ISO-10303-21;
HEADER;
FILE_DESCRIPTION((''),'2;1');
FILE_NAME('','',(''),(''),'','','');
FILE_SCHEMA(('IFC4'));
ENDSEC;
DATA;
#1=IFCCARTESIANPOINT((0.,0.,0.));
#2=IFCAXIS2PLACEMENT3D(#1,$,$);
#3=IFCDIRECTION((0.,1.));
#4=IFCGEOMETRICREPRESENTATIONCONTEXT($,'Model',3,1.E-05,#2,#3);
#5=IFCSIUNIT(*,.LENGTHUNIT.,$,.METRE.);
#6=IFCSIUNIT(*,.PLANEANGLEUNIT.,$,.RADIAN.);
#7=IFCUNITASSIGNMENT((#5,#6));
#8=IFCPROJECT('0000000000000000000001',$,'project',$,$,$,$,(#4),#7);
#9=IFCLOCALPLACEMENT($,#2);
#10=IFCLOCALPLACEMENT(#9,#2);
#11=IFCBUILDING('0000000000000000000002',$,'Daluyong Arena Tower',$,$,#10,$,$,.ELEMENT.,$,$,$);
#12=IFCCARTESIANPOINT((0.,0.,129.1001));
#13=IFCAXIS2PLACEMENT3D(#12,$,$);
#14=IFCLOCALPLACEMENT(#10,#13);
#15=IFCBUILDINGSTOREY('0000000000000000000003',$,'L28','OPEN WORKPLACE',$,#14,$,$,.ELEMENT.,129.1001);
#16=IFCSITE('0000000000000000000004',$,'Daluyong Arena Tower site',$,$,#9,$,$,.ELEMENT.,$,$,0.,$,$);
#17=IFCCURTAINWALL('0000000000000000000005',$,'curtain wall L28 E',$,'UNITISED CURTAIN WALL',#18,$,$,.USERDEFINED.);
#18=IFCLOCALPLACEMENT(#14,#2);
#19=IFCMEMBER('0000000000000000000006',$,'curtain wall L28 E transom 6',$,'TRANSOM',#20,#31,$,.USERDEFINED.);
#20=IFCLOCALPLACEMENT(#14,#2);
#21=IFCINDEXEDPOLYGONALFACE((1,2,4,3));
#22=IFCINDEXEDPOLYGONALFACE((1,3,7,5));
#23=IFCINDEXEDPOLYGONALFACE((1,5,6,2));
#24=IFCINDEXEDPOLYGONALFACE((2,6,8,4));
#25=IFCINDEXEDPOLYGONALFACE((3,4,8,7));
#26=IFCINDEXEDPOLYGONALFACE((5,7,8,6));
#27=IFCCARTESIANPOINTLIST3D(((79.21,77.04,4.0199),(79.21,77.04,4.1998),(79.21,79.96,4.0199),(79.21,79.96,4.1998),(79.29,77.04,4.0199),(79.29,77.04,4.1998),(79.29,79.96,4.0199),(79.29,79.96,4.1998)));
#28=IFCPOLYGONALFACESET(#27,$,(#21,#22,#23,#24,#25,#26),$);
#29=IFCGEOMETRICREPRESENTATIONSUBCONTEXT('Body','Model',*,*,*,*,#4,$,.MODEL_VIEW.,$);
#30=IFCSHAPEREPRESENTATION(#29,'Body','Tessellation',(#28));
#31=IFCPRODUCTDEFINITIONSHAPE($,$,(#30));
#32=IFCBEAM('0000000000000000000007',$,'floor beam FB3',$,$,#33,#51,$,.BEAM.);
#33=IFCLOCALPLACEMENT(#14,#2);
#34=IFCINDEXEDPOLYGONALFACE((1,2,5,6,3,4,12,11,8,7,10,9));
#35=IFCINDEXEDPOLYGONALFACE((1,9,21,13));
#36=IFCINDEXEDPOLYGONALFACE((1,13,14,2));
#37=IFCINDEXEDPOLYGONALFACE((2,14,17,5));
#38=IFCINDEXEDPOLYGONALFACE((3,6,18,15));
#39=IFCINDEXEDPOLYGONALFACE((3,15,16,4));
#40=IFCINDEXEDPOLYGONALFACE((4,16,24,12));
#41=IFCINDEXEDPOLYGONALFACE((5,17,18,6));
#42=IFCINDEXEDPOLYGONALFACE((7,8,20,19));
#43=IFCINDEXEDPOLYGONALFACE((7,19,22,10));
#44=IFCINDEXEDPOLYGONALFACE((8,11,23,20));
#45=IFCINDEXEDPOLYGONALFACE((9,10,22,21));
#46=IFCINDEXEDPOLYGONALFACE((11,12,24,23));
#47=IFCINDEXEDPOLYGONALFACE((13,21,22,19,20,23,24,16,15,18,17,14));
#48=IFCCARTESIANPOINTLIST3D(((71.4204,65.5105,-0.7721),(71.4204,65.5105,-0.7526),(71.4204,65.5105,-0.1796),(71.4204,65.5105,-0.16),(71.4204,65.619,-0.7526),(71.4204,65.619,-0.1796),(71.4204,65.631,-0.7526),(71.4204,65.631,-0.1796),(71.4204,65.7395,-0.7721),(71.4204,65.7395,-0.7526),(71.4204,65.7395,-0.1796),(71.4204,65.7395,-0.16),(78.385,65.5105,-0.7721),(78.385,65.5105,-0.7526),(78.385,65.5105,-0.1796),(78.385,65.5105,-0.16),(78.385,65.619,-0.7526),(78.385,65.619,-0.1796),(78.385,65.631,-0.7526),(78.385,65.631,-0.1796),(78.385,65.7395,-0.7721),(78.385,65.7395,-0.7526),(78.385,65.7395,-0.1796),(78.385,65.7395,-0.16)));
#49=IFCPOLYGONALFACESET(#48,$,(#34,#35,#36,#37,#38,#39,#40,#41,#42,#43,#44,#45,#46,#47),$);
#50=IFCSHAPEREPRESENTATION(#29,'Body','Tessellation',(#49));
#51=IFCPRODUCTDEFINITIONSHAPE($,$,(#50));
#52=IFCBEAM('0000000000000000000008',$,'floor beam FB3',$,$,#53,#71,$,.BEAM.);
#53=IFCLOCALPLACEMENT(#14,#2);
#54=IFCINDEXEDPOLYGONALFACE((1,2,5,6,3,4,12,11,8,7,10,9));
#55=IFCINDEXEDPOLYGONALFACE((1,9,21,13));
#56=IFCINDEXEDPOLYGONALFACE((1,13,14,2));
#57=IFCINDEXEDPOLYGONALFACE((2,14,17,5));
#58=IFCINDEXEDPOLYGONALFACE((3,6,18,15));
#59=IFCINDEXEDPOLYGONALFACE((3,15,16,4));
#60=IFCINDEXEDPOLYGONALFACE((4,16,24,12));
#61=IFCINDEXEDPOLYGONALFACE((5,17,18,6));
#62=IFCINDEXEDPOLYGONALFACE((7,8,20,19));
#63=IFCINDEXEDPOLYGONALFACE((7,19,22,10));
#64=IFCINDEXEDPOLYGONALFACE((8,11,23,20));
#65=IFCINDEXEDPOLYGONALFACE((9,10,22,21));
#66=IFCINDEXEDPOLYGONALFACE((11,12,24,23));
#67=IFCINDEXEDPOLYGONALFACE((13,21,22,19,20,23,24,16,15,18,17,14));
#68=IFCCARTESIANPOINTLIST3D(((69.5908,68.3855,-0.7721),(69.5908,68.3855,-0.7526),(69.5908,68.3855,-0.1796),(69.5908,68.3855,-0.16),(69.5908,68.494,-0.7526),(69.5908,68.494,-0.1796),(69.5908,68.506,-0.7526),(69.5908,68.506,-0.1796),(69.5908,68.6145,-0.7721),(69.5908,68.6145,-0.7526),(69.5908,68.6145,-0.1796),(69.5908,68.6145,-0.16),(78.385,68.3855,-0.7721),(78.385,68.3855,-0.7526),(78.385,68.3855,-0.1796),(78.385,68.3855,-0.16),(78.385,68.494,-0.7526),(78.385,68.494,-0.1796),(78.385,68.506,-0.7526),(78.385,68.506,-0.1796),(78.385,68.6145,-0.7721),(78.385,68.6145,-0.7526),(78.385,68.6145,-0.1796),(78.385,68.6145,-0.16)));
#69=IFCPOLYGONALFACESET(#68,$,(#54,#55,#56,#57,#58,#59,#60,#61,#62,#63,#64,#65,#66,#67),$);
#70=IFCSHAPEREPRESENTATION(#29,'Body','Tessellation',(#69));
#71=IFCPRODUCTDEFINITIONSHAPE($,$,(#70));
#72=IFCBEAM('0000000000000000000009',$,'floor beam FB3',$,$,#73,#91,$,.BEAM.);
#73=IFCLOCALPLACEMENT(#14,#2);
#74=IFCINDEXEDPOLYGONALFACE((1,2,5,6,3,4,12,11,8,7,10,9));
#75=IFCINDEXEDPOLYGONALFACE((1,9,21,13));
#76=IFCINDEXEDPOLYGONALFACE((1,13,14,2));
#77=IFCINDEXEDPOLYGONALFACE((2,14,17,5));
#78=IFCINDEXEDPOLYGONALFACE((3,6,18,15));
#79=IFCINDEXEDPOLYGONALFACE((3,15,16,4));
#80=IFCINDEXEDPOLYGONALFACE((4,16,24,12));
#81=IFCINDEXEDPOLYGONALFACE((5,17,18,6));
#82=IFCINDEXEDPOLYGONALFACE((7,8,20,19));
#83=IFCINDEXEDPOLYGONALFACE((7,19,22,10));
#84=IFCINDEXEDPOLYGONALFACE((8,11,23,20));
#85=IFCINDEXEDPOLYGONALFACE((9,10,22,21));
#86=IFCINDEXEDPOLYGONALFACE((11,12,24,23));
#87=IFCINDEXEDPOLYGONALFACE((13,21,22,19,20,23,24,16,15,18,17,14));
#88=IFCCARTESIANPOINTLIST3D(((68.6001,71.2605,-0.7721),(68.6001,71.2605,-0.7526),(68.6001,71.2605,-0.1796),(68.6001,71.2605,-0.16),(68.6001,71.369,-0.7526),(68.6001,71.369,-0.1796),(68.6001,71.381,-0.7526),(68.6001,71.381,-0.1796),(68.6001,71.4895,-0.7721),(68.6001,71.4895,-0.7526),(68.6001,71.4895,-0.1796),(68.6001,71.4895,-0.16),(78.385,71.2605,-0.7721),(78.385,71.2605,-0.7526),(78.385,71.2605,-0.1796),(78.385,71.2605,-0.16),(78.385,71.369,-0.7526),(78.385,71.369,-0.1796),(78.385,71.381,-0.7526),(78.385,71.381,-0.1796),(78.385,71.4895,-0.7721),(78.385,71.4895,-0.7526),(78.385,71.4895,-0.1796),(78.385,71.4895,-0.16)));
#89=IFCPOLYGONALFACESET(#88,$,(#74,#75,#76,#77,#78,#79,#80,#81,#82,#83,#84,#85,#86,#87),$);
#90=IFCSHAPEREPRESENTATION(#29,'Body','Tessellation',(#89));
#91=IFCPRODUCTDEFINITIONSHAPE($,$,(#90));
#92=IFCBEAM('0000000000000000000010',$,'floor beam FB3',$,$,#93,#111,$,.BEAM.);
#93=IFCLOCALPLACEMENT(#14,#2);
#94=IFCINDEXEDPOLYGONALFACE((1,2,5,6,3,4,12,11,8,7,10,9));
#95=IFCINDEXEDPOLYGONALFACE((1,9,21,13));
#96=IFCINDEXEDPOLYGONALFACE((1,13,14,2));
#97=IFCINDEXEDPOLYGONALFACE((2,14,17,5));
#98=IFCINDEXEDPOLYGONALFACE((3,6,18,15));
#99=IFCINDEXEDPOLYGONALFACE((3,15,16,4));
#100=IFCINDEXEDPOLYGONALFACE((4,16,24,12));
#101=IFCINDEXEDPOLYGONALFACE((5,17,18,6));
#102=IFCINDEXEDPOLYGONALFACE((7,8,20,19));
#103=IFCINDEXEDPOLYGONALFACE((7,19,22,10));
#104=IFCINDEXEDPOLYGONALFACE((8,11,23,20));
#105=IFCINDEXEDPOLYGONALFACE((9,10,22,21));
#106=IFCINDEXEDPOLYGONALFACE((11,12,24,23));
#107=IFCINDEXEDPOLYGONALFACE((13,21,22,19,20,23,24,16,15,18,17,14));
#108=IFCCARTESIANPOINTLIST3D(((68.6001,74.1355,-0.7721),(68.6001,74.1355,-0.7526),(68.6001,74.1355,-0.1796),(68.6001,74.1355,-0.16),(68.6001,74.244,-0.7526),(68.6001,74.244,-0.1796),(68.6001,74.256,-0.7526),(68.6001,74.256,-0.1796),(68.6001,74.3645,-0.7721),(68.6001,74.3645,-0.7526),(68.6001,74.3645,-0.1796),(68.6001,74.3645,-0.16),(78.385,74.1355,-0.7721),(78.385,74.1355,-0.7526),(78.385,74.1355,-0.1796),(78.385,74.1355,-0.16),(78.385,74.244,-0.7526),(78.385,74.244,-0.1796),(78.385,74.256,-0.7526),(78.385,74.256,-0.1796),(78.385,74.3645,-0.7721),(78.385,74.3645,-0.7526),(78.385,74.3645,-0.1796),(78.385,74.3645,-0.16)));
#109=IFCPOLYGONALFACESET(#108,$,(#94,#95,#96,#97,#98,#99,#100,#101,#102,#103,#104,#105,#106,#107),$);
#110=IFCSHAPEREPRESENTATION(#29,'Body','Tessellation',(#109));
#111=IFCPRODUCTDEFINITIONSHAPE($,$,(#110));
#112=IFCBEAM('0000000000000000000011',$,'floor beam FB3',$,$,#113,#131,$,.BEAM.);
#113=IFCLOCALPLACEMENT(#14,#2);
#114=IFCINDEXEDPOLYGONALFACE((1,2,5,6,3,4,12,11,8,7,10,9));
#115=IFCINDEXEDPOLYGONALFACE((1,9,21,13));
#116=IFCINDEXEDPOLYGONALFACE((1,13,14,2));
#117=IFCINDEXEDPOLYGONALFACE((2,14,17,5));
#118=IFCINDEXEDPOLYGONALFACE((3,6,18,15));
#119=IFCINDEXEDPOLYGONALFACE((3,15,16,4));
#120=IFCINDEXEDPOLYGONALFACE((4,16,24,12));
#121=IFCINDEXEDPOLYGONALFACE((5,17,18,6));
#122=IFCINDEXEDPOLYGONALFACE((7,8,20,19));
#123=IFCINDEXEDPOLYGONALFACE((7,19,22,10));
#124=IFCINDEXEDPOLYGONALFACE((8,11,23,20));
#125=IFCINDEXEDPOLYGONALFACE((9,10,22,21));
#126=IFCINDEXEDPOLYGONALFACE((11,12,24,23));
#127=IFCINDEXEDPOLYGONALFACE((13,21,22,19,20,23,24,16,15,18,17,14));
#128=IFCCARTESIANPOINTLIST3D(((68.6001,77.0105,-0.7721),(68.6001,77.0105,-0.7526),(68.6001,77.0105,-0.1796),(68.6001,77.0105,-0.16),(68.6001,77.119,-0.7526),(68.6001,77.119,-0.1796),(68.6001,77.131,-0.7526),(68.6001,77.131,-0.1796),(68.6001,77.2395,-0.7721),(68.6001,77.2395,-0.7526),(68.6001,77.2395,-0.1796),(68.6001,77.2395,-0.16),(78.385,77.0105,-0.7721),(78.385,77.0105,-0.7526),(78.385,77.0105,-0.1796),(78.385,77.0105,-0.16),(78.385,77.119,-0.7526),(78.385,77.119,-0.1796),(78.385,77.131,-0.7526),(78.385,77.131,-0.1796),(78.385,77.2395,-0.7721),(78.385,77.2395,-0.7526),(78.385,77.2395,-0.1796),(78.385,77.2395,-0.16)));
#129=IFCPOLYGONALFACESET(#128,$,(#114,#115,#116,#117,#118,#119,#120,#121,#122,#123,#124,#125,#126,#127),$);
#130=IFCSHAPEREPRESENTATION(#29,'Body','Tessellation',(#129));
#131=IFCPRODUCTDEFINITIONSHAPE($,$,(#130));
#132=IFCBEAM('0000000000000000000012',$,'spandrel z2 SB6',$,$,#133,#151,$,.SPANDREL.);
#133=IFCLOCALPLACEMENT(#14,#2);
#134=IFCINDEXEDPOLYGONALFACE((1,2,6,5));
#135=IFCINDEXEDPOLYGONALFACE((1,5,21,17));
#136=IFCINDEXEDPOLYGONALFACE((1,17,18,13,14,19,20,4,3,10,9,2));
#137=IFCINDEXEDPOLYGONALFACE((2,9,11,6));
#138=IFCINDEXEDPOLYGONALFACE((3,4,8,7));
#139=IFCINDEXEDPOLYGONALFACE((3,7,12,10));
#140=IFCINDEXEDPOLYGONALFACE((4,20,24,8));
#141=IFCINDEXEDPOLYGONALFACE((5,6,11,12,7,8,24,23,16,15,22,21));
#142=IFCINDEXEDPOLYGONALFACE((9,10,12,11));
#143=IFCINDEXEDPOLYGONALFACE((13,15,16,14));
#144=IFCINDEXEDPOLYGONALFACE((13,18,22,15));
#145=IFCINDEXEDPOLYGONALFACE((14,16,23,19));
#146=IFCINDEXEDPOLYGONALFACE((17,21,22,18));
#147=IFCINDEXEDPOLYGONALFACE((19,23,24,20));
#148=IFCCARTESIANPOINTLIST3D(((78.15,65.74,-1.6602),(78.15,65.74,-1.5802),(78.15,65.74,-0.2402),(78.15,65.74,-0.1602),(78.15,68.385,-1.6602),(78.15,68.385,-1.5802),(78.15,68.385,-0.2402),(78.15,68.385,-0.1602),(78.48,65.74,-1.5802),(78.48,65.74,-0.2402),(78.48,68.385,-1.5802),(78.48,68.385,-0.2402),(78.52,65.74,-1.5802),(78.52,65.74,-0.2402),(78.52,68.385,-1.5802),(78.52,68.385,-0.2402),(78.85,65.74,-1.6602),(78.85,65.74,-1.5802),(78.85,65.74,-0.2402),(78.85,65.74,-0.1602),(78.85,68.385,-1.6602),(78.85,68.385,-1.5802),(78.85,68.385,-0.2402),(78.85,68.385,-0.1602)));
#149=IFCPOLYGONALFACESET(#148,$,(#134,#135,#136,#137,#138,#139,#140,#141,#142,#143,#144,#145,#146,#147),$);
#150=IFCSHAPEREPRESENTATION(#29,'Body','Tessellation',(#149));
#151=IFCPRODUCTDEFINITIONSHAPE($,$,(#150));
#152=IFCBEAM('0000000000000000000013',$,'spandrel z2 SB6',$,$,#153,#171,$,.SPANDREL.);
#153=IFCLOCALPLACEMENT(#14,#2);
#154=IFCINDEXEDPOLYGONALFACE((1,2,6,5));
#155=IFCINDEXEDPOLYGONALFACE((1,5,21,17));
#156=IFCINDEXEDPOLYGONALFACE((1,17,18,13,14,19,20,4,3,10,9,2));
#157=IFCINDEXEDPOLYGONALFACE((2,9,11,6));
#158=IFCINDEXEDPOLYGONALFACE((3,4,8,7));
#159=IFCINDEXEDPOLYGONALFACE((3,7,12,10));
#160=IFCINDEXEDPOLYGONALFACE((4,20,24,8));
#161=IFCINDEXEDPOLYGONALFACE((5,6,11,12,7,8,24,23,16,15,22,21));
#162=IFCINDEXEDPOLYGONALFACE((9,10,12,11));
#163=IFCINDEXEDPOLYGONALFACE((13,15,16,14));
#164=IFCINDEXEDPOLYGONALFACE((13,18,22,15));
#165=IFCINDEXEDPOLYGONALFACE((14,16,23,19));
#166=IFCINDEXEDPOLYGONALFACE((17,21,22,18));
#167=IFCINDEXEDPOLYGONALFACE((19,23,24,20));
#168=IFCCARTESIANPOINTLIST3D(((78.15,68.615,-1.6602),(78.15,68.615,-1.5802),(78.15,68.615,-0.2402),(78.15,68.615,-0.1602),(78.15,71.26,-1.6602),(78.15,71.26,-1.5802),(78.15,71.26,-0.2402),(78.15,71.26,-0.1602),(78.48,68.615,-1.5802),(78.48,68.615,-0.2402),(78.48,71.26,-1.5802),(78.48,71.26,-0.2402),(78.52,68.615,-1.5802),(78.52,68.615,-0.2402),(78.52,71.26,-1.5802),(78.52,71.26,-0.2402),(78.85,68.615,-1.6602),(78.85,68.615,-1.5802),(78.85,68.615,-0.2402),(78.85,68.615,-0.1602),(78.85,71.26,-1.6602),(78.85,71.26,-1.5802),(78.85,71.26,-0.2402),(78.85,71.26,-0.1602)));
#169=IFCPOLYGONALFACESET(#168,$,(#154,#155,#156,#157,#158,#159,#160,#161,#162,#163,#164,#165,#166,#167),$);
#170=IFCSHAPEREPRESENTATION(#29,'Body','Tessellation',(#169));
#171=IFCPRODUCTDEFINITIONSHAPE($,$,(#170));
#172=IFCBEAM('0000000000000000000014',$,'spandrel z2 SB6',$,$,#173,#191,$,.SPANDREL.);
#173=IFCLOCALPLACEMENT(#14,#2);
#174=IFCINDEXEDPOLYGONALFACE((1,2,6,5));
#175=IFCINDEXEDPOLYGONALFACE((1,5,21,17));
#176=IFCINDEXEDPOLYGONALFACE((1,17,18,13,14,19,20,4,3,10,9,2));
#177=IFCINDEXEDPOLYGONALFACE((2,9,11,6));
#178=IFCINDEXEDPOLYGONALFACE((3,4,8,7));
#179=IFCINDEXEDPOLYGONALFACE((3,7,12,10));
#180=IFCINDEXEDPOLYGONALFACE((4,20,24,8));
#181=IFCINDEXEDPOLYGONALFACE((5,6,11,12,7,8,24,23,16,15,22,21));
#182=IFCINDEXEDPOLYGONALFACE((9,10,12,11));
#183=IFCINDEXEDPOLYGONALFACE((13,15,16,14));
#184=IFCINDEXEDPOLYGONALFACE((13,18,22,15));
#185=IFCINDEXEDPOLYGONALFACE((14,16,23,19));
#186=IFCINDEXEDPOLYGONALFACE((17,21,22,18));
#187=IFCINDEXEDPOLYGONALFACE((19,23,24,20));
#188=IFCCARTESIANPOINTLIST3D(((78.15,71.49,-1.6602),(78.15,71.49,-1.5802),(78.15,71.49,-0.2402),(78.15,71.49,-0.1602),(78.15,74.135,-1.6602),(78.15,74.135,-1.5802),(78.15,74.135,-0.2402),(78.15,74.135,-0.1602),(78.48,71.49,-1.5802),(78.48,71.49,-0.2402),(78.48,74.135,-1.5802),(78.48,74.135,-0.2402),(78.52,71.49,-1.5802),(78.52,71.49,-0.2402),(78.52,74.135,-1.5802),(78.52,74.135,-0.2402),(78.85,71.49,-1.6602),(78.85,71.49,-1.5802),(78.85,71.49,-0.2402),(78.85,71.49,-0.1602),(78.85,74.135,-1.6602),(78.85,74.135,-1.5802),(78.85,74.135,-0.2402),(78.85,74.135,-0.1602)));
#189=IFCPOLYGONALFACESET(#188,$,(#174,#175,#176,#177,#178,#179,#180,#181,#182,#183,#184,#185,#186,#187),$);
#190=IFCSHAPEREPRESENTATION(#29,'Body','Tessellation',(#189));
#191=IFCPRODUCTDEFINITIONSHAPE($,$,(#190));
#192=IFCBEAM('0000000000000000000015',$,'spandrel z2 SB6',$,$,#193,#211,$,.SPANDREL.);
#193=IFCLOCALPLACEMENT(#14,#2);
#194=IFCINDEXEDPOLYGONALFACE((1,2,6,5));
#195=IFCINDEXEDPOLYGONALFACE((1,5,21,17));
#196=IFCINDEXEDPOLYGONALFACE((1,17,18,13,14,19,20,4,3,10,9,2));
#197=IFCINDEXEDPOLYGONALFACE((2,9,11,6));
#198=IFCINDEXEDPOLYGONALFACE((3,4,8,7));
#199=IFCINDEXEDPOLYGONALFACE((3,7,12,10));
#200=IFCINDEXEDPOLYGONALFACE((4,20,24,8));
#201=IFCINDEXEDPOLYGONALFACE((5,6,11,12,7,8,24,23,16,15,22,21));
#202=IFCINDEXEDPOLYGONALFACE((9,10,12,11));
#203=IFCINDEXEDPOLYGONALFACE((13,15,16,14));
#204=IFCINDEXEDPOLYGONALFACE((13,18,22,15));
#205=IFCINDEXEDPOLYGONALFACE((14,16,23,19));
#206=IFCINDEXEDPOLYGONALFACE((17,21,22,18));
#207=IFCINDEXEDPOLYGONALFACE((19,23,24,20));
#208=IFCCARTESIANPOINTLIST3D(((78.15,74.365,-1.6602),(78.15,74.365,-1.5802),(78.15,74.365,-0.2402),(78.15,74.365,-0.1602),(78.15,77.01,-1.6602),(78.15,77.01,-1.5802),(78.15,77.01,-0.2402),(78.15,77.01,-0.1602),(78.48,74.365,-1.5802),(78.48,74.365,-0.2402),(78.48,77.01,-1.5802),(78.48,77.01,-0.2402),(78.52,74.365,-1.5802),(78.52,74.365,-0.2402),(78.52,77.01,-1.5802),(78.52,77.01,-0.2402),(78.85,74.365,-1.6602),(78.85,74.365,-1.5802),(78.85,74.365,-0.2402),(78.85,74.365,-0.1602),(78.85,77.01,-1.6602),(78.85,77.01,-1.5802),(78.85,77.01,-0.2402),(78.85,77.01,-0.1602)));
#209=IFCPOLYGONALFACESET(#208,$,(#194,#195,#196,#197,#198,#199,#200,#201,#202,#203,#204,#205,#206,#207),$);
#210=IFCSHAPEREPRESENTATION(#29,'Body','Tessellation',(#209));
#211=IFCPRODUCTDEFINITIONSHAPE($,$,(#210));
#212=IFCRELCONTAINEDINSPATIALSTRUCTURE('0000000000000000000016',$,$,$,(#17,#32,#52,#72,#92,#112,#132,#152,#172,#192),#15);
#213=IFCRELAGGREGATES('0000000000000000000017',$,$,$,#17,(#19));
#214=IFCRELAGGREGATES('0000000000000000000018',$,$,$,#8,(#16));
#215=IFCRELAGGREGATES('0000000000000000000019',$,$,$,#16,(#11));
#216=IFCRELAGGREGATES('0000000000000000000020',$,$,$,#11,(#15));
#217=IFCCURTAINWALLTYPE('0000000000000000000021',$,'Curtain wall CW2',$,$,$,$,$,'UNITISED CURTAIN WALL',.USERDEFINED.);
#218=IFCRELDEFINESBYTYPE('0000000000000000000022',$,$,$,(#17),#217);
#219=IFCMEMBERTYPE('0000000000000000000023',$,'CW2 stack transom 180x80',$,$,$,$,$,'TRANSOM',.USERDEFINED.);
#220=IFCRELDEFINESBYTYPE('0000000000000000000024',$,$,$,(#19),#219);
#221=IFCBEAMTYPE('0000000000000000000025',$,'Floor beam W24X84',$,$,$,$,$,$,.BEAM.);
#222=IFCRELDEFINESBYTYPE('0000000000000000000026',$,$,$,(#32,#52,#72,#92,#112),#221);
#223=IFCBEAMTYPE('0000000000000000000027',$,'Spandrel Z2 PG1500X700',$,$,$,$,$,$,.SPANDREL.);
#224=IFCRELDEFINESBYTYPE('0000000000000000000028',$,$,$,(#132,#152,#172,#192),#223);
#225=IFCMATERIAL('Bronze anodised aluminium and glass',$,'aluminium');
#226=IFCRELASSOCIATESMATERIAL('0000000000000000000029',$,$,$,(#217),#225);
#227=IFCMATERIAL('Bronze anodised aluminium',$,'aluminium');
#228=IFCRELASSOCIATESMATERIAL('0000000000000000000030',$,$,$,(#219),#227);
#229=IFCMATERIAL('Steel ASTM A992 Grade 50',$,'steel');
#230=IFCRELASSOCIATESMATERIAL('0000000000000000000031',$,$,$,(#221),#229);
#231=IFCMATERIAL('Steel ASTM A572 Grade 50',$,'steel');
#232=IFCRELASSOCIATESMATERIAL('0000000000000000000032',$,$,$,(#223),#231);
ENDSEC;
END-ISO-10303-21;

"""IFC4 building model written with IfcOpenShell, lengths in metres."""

from ifc_helpers import new_model, si_unit, direction, frame, origin, origin_2d, place, context, subcontext, project, spatial, rectangle, i_section, extrude, material, material_profile, profile_set, type_object, element, aggregate, save


model = new_model("IFC4")

# Units and contexts
model_context = context("Model", 3, precision=1e-05, world=origin(), true_north=direction((0.0, 1.0)))
body_context = subcontext(model_context, "Body", "Model", "MODEL_VIEW")
ifc_project = project(units=[si_unit("LENGTHUNIT", "METRE"), si_unit("PLANEANGLEUNIT", "RADIAN")], contexts=[model_context])

# Site, building, storey
site_placement = place(None, origin())
site = spatial("IfcSite", under=ifc_project, at=site_placement, Name="Daluyong Arena Tower site", CompositionType="ELEMENT", RefElevation=0.0)
building_placement = place(site_placement, origin())
building = spatial("IfcBuilding", under=site, at=building_placement, Name="Daluyong Arena Tower", CompositionType="ELEMENT")
storey_placement = place(building_placement, frame((0.0, 0.0, 129.1001)))
storey = spatial("IfcBuildingStorey", under=building, at=storey_placement, Name="L28", Description="OPEN WORKPLACE", CompositionType="ELEMENT", Elevation=129.1001)

# Curtain wall, member
ifc_material_1 = material(Name="Bronze anodised aluminium and glass", Category="aluminium")
curtain_wall_type = type_object("IfcCurtainWallType", Name="Curtain wall CW2", ElementType="UNITISED CURTAIN WALL", PredefinedType="USERDEFINED", material=ifc_material_1)
curtain_wall_placement = place(storey_placement, origin())
curtain_wall = element("IfcCurtainWall", 1, at=curtain_wall_placement, inside=storey, type_object=curtain_wall_type, Name="curtain wall L28 E", ObjectType="UNITISED CURTAIN WALL", PredefinedType="USERDEFINED")
ifc_material_2 = material(Name="Bronze anodised aluminium", Category="aluminium")
ifc_material_profile_1 = material_profile(ifc_material_2, rectangle(XDim=0.0801, YDim=0.1799, at=origin_2d()))
ifc_profile_set_1 = profile_set([ifc_material_profile_1], Name="Bronze anodised aluminium")
member_type_1 = type_object("IfcMemberType", Name="CW2 stack transom 180x80", ElementType="TRANSOM", PredefinedType="USERDEFINED", material=ifc_profile_set_1)
member_1_placement = place(storey_placement, frame((79.25, 77.04, 4.1099), z_axis=(0.0, 1.0, 0.0), x_axis=(-1.0, 0.0, 0.0)))
member_1 = element("IfcMember", 2, at=member_1_placement, type_object=member_type_1, Name="curtain wall L28 E transom 6", ObjectType="TRANSOM", PredefinedType="USERDEFINED", context=body_context, shape_type="SweptSolid", body=[
    extrude(rectangle(XDim=0.0801, YDim=0.1799, at=origin_2d()), origin(), (0.0, 0.0, 1.0), 2.9199),
])

# Beams
ifc_material_3 = material(Name="Steel ASTM A992 Grade 50", Category="steel")
ifc_material_profile_2 = material_profile(ifc_material_3, i_section(OverallWidth=0.229, OverallDepth=0.6121, WebThickness=0.012, FlangeThickness=0.0195, at=origin_2d()))
ifc_profile_set_2 = profile_set([ifc_material_profile_2], Name="Steel ASTM A992 Grade 50")
beam_type_1 = type_object("IfcBeamType", Name="Floor beam W24X84", PredefinedType="BEAM", material=ifc_profile_set_2)
beam_1_placement = place(storey_placement, frame((78.385, 65.625, -0.4661), z_axis=(-1.0, 0.0, 0.0), x_axis=(0.0, -1.0, 0.0)))
element("IfcBeam", 3, at=beam_1_placement, inside=storey, type_object=beam_type_1, Name="floor beam FB3", PredefinedType="BEAM", context=body_context, shape_type="SweptSolid", body=[
    extrude(i_section(OverallWidth=0.229, OverallDepth=0.6121, WebThickness=0.012, FlangeThickness=0.0195, at=origin_2d()), origin(), (0.0, 0.0, 1.0), 6.9646),
])
beam_2_placement = place(storey_placement, frame((78.385, 68.5, -0.4661), z_axis=(-1.0, 0.0, 0.0), x_axis=(0.0, -1.0, 0.0)))
element("IfcBeam", 4, at=beam_2_placement, inside=storey, type_object=beam_type_1, Name="floor beam FB3", PredefinedType="BEAM", context=body_context, shape_type="SweptSolid", body=[
    extrude(i_section(OverallWidth=0.229, OverallDepth=0.6121, WebThickness=0.012, FlangeThickness=0.0195, at=origin_2d()), origin(), (0.0, 0.0, 1.0), 8.7942),
])
for number, where, z_axis, x_axis, name in (
    (5, (78.385, 71.375, -0.4661), (-1.0, 0.0, 0.0), (0.0, -1.0, 0.0), "floor beam FB3"),
    (6, (78.385, 74.25, -0.4661), (-1.0, 0.0, 0.0), (0.0, -1.0, 0.0), "floor beam FB3"),
    (7, (78.385, 77.125, -0.4661), (-1.0, 0.0, 0.0), (0.0, -1.0, 0.0), "floor beam FB3"),
):
    element("IfcBeam", number, at=place(storey_placement, frame(where, z_axis=z_axis, x_axis=x_axis)), inside=storey, type_object=beam_type_1, Name=name, PredefinedType="BEAM", context=body_context, shape_type="SweptSolid", body=[
        extrude(i_section(OverallWidth=0.229, OverallDepth=0.6121, WebThickness=0.012, FlangeThickness=0.0195, at=origin_2d()), origin(), (0.0, 0.0, 1.0), 9.7849),
    ])
ifc_material_4 = material(Name="Steel ASTM A572 Grade 50", Category="steel")
ifc_material_profile_3 = material_profile(ifc_material_4, i_section(OverallWidth=0.7, OverallDepth=1.5, WebThickness=0.04, FlangeThickness=0.08, at=origin_2d()))
ifc_profile_set_3 = profile_set([ifc_material_profile_3], Name="Steel ASTM A572 Grade 50")
beam_type_2 = type_object("IfcBeamType", Name="Spandrel Z2 PG1500X700", PredefinedType="SPANDREL", material=ifc_profile_set_3)
for number, where, z_axis, x_axis, name in (
    (8, (78.5, 65.74, -0.9102), (0.0, 1.0, 0.0), (-1.0, 0.0, 0.0), "spandrel z2 SB6"),
    (9, (78.5, 68.615, -0.9102), (0.0, 1.0, 0.0), (-1.0, 0.0, 0.0), "spandrel z2 SB6"),
    (10, (78.5, 71.49, -0.9102), (0.0, 1.0, 0.0), (-1.0, 0.0, 0.0), "spandrel z2 SB6"),
    (11, (78.5, 74.365, -0.9102), (0.0, 1.0, 0.0), (-1.0, 0.0, 0.0), "spandrel z2 SB6"),
):
    element("IfcBeam", number, at=place(storey_placement, frame(where, z_axis=z_axis, x_axis=x_axis)), inside=storey, type_object=beam_type_2, Name=name, PredefinedType="SPANDREL", context=body_context, shape_type="SweptSolid", body=[
        extrude(i_section(OverallWidth=0.7, OverallDepth=1.5, WebThickness=0.04, FlangeThickness=0.08, at=origin_2d()), origin(), (0.0, 0.0, 1.0), 2.645),
    ])

aggregate(curtain_wall, [member_1])

save(model, "model.ifc")
